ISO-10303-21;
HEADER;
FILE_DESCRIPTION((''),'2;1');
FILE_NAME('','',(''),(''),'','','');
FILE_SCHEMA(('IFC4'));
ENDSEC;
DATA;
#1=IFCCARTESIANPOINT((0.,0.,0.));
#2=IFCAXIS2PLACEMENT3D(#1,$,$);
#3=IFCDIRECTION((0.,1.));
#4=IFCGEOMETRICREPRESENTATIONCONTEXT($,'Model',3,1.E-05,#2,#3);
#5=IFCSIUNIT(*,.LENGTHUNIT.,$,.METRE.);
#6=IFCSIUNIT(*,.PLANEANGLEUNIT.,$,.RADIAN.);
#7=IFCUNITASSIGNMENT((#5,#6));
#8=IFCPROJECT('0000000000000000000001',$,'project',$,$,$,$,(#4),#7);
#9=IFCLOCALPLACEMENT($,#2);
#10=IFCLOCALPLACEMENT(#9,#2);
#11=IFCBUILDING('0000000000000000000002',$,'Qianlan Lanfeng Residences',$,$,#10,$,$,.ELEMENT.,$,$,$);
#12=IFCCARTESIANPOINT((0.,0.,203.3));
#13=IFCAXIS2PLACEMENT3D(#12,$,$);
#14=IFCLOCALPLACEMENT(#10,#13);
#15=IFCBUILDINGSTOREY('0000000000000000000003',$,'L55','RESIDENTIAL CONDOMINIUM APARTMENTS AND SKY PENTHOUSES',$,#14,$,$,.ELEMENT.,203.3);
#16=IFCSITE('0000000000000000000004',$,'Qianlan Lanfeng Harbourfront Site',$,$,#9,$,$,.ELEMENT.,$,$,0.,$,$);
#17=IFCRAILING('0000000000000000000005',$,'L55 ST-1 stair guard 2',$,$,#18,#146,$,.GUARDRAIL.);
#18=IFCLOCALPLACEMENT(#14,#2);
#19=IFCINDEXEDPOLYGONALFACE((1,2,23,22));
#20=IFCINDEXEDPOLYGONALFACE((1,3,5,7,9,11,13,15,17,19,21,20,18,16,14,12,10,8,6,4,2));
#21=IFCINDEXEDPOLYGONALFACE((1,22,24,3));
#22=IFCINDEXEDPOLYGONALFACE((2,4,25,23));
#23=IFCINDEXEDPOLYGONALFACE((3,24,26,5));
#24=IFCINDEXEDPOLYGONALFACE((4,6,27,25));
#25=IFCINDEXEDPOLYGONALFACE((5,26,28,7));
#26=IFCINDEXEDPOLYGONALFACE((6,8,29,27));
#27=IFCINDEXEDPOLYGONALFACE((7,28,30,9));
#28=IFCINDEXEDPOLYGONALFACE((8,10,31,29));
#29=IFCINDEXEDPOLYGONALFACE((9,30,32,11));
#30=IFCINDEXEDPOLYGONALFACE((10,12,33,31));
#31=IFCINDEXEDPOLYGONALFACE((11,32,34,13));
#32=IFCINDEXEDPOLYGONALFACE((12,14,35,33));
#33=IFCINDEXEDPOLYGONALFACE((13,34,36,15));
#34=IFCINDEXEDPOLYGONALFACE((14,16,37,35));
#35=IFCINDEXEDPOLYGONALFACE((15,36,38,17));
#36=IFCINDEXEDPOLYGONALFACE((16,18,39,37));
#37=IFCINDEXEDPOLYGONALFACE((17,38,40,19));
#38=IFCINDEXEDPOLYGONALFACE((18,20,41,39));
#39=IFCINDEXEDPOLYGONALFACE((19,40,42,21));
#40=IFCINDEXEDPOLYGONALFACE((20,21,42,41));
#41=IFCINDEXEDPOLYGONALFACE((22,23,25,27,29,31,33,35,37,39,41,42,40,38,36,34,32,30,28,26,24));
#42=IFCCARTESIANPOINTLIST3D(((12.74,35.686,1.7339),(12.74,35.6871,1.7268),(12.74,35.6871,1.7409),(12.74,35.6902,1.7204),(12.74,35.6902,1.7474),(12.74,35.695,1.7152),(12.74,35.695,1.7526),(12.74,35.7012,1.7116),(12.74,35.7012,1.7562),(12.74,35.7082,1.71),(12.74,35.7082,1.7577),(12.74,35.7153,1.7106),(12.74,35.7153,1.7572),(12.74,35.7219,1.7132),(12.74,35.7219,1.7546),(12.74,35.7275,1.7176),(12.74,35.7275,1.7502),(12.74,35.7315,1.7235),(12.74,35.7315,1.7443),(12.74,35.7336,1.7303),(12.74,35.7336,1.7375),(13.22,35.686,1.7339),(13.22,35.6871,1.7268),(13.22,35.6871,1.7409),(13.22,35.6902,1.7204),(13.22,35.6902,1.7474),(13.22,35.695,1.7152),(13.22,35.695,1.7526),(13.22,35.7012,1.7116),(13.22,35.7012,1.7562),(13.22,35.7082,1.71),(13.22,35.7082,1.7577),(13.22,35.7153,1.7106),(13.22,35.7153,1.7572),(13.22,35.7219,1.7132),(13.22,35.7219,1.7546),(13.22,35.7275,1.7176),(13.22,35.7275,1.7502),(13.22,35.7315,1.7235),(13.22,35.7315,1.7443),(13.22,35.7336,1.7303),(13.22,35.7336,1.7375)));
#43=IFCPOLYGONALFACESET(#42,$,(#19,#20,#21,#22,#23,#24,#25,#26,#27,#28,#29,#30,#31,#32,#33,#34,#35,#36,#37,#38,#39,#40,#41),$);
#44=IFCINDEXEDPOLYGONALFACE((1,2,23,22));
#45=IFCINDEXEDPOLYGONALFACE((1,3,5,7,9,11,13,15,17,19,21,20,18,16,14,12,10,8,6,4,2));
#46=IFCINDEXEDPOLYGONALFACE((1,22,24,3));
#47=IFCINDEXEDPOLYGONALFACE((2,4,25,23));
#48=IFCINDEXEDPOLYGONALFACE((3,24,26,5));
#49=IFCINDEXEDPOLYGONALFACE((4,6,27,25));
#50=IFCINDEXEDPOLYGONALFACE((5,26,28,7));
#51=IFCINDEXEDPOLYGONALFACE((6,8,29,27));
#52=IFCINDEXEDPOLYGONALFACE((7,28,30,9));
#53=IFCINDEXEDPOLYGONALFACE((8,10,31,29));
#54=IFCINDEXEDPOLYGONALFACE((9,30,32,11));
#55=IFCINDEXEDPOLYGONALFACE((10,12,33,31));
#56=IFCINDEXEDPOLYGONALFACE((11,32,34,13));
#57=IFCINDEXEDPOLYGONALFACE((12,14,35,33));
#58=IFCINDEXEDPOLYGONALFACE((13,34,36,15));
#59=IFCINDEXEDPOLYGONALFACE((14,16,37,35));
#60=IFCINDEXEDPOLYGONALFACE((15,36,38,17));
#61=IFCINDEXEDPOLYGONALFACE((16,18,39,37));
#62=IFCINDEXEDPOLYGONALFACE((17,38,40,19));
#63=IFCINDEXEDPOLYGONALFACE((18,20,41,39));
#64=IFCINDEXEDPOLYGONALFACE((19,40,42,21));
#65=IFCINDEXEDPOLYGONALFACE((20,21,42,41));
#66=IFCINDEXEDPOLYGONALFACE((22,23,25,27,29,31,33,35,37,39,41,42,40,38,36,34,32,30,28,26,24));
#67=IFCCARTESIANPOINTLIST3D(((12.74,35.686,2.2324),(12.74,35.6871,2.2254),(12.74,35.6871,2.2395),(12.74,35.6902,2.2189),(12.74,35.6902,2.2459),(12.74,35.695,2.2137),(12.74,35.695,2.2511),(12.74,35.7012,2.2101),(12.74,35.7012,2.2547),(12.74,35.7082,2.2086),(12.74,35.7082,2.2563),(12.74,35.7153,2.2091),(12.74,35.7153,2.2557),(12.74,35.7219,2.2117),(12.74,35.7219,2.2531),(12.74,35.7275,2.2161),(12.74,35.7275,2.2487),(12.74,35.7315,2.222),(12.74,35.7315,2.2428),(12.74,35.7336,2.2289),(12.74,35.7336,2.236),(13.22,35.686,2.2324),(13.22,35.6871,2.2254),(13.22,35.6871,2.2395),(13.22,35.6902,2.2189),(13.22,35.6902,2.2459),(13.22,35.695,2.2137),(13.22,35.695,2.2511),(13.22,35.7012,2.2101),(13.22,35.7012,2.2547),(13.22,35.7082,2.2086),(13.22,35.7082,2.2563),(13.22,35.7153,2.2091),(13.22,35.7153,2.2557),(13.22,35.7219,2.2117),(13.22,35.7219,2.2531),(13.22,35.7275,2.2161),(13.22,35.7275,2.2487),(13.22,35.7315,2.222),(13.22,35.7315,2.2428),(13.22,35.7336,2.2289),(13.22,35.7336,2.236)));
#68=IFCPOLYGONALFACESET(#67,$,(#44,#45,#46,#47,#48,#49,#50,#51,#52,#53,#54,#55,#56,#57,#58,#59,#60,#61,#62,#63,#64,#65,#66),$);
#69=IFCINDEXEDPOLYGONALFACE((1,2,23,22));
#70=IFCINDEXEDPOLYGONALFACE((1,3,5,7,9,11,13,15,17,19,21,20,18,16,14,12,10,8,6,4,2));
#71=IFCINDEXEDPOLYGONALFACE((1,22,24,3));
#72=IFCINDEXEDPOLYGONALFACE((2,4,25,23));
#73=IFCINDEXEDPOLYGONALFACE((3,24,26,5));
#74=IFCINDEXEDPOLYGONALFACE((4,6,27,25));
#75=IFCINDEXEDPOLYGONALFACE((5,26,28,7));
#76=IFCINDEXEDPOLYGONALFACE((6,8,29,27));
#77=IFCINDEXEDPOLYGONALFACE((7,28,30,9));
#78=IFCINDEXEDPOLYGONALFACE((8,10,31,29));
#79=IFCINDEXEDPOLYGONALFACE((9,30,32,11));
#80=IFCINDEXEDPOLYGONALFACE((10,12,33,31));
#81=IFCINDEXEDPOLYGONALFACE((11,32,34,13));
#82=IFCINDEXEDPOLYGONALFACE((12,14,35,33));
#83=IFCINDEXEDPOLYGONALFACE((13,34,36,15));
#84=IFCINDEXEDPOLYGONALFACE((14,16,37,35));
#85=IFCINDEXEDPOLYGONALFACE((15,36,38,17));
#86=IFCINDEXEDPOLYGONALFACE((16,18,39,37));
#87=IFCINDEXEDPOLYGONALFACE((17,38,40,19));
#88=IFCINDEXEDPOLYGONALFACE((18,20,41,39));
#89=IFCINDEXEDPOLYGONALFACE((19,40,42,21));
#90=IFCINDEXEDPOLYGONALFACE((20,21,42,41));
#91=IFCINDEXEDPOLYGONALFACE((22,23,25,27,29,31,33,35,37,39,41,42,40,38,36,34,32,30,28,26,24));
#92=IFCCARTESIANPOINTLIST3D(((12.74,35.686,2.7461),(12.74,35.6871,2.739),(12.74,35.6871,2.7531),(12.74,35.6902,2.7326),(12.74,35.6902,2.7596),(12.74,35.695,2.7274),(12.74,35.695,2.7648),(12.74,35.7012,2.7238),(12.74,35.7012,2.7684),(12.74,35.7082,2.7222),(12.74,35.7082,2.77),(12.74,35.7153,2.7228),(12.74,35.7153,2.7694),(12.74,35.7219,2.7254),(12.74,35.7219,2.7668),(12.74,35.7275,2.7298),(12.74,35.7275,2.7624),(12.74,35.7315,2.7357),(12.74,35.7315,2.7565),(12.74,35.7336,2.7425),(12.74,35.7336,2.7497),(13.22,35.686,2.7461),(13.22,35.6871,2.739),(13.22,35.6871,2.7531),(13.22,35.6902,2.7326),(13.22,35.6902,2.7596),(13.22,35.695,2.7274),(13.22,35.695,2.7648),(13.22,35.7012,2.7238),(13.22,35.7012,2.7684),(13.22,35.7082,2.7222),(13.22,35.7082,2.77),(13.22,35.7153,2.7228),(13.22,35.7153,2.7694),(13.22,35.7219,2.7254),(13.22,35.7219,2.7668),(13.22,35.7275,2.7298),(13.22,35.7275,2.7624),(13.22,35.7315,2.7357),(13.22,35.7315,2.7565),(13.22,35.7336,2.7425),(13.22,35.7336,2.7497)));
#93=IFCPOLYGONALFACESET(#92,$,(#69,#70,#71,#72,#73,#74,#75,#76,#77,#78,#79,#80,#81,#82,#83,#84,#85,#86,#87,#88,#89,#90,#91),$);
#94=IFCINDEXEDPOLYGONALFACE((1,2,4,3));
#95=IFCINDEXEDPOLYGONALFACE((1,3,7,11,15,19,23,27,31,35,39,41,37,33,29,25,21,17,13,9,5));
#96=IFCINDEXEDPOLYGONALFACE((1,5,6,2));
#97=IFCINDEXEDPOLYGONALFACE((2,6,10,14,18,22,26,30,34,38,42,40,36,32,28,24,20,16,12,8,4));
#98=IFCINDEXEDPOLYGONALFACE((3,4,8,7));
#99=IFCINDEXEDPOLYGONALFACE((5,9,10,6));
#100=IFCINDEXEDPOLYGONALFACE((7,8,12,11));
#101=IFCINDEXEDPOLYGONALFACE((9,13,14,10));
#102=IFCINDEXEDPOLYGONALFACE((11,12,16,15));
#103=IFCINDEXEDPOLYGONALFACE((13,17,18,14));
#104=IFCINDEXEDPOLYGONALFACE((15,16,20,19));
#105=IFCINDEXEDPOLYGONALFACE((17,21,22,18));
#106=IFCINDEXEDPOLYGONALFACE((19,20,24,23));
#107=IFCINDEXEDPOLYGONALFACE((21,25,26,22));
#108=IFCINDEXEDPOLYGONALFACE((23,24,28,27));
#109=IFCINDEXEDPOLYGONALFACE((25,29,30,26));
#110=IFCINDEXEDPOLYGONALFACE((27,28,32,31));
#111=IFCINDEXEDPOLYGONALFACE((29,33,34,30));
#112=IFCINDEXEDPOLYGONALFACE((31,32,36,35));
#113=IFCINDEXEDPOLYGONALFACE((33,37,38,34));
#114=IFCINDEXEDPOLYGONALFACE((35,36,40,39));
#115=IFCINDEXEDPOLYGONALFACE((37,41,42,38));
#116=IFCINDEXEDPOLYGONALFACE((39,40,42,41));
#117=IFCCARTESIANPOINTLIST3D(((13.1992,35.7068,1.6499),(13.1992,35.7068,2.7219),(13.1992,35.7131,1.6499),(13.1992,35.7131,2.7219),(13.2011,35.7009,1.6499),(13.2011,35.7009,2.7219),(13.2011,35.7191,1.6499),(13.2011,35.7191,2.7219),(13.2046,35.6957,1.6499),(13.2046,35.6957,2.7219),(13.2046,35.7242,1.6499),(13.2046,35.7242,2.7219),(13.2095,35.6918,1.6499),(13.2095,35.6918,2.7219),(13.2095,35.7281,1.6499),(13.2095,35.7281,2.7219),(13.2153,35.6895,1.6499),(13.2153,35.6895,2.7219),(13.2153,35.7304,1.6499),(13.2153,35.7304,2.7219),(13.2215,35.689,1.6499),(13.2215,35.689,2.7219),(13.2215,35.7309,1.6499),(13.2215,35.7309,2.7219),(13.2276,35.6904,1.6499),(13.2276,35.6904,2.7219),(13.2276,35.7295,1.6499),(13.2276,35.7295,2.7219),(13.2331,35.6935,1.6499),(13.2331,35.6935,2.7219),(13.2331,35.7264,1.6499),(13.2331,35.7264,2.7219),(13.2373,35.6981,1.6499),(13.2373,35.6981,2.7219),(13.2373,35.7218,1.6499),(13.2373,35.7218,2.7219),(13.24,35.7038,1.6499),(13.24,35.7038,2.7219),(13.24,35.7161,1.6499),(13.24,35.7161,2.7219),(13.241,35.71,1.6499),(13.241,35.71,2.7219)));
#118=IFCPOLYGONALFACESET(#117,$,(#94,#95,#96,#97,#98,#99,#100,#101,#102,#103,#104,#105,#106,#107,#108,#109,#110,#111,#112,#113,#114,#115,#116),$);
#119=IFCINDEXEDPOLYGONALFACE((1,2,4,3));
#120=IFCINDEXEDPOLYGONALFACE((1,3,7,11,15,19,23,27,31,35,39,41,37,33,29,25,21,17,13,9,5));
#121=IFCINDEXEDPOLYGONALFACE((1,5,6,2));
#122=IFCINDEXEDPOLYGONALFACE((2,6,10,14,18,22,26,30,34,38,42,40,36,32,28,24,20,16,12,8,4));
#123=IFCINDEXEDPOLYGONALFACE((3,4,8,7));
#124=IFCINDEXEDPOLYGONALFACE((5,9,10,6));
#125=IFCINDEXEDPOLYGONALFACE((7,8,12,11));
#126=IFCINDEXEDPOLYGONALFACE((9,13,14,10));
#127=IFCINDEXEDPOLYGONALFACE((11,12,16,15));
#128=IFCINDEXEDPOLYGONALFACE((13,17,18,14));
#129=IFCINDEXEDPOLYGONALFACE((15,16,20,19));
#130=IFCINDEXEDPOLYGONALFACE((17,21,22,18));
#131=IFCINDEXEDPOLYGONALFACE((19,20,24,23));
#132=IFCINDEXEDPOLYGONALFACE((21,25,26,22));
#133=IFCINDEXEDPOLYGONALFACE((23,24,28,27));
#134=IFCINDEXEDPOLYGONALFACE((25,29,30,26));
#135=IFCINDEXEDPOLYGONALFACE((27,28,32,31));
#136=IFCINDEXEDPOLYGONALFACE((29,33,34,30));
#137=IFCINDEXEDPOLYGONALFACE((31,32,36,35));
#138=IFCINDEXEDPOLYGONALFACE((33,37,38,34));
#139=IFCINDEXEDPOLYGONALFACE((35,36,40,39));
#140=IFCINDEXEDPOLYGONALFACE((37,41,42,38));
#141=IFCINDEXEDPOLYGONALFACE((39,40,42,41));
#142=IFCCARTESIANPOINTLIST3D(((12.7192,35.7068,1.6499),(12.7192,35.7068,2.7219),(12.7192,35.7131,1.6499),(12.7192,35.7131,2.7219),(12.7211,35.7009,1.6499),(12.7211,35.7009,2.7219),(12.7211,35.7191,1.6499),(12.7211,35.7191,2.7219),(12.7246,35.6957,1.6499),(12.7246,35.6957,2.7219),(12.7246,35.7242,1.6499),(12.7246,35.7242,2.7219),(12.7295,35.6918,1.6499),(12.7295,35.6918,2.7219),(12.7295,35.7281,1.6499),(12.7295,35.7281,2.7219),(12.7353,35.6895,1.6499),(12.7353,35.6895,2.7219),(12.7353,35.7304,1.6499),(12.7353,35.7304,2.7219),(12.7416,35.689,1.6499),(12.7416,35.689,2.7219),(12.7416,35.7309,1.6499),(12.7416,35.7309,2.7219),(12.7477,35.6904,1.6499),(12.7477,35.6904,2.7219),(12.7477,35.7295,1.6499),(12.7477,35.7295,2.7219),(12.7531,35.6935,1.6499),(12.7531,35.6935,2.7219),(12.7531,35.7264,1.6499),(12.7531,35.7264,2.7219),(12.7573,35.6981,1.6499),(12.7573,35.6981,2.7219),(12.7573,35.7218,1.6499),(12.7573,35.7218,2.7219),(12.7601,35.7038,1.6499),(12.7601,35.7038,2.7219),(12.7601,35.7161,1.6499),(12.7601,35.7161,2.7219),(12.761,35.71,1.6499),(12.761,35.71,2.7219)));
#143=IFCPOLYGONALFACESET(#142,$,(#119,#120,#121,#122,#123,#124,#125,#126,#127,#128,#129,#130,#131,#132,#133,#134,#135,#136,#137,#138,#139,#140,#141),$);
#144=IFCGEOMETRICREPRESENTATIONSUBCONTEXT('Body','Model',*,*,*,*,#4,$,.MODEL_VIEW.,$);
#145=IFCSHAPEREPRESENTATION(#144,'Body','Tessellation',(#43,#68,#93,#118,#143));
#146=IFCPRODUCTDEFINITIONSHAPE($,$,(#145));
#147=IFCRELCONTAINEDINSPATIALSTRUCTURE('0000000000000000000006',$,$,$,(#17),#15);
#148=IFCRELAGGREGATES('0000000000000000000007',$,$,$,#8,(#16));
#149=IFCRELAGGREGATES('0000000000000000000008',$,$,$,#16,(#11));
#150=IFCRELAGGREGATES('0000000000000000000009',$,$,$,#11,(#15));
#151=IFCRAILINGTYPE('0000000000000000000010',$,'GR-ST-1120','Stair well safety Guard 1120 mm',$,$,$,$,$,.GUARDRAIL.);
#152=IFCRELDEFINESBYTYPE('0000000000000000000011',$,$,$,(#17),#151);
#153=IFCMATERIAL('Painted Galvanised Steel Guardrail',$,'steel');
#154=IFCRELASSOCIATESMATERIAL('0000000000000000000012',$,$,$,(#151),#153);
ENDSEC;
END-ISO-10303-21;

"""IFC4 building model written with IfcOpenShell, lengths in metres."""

from ifc_helpers import new_model, si_unit, direction, frame, origin, origin_2d, place, context, subcontext, project, spatial, circle, extrude, material, type_object, element, save


model = new_model("IFC4")

# Units and contexts
model_context = context("Model", 3, precision=1e-05, world=origin(), true_north=direction((0.0, 1.0)))
body_context = subcontext(model_context, "Body", "Model", "MODEL_VIEW")
ifc_project = project(units=[si_unit("LENGTHUNIT", "METRE"), si_unit("PLANEANGLEUNIT", "RADIAN")], contexts=[model_context])

# Site, building, storey
site_placement = place(None, origin())
site = spatial("IfcSite", under=ifc_project, at=site_placement, Name="Qianlan Lanfeng Harbourfront Site", CompositionType="ELEMENT", RefElevation=0.0)
building_placement = place(site_placement, origin())
building = spatial("IfcBuilding", under=site, at=building_placement, Name="Qianlan Lanfeng Residences", CompositionType="ELEMENT")
storey_placement = place(building_placement, frame((0.0, 0.0, 203.3)))
storey = spatial("IfcBuildingStorey", under=building, at=storey_placement, Name="L55", Description="RESIDENTIAL CONDOMINIUM APARTMENTS AND SKY PENTHOUSES", CompositionType="ELEMENT", Elevation=203.3)

# Railing
ifc_material_1 = material(Name="Painted Galvanised Steel Guardrail", Category="steel")
railing_type_1 = type_object("IfcRailingType", Name="GR-ST-1120", Description="Stair well safety Guard 1120 mm", PredefinedType="GUARDRAIL", material=ifc_material_1)
railing_1_placement = place(storey_placement, frame((13.22, 35.71, 1.6499)))
element("IfcRailing", 1, at=railing_1_placement, inside=storey, type_object=railing_type_1, Name="L55 ST-1 stair guard 2", PredefinedType="GUARDRAIL", context=body_context, shape_type="SweptSolid", body=[
    extrude(circle(Radius=0.0239, at=origin_2d()), frame((0.0, 0.0, 0.084), z_axis=(-1.0, 0.0, 0.0), x_axis=(0.0, -1.0, 0.0)), (0.0, 0.0, 1.0), 0.48),
    extrude(circle(Radius=0.0239, at=origin_2d()), frame((0.0, 0.0, 0.5825), z_axis=(-1.0, 0.0, 0.0), x_axis=(0.0, -1.0, 0.0)), (0.0, 0.0, 1.0), 0.48),
    extrude(circle(Radius=0.0239, at=origin_2d()), frame((0.0, 0.0, 1.0962), z_axis=(-1.0, 0.0, 0.0), x_axis=(0.0, -1.0, 0.0)), (0.0, 0.0, 1.0), 0.48),
    extrude(circle(Radius=0.021, at=origin_2d()), origin(), (0.0, 0.0, 1.0), 1.072),
    extrude(circle(Radius=0.021, at=origin_2d()), frame((-0.48, 0.0, 0.0)), (0.0, 0.0, 1.0), 1.072),
])

save(model, "model.ifc")
